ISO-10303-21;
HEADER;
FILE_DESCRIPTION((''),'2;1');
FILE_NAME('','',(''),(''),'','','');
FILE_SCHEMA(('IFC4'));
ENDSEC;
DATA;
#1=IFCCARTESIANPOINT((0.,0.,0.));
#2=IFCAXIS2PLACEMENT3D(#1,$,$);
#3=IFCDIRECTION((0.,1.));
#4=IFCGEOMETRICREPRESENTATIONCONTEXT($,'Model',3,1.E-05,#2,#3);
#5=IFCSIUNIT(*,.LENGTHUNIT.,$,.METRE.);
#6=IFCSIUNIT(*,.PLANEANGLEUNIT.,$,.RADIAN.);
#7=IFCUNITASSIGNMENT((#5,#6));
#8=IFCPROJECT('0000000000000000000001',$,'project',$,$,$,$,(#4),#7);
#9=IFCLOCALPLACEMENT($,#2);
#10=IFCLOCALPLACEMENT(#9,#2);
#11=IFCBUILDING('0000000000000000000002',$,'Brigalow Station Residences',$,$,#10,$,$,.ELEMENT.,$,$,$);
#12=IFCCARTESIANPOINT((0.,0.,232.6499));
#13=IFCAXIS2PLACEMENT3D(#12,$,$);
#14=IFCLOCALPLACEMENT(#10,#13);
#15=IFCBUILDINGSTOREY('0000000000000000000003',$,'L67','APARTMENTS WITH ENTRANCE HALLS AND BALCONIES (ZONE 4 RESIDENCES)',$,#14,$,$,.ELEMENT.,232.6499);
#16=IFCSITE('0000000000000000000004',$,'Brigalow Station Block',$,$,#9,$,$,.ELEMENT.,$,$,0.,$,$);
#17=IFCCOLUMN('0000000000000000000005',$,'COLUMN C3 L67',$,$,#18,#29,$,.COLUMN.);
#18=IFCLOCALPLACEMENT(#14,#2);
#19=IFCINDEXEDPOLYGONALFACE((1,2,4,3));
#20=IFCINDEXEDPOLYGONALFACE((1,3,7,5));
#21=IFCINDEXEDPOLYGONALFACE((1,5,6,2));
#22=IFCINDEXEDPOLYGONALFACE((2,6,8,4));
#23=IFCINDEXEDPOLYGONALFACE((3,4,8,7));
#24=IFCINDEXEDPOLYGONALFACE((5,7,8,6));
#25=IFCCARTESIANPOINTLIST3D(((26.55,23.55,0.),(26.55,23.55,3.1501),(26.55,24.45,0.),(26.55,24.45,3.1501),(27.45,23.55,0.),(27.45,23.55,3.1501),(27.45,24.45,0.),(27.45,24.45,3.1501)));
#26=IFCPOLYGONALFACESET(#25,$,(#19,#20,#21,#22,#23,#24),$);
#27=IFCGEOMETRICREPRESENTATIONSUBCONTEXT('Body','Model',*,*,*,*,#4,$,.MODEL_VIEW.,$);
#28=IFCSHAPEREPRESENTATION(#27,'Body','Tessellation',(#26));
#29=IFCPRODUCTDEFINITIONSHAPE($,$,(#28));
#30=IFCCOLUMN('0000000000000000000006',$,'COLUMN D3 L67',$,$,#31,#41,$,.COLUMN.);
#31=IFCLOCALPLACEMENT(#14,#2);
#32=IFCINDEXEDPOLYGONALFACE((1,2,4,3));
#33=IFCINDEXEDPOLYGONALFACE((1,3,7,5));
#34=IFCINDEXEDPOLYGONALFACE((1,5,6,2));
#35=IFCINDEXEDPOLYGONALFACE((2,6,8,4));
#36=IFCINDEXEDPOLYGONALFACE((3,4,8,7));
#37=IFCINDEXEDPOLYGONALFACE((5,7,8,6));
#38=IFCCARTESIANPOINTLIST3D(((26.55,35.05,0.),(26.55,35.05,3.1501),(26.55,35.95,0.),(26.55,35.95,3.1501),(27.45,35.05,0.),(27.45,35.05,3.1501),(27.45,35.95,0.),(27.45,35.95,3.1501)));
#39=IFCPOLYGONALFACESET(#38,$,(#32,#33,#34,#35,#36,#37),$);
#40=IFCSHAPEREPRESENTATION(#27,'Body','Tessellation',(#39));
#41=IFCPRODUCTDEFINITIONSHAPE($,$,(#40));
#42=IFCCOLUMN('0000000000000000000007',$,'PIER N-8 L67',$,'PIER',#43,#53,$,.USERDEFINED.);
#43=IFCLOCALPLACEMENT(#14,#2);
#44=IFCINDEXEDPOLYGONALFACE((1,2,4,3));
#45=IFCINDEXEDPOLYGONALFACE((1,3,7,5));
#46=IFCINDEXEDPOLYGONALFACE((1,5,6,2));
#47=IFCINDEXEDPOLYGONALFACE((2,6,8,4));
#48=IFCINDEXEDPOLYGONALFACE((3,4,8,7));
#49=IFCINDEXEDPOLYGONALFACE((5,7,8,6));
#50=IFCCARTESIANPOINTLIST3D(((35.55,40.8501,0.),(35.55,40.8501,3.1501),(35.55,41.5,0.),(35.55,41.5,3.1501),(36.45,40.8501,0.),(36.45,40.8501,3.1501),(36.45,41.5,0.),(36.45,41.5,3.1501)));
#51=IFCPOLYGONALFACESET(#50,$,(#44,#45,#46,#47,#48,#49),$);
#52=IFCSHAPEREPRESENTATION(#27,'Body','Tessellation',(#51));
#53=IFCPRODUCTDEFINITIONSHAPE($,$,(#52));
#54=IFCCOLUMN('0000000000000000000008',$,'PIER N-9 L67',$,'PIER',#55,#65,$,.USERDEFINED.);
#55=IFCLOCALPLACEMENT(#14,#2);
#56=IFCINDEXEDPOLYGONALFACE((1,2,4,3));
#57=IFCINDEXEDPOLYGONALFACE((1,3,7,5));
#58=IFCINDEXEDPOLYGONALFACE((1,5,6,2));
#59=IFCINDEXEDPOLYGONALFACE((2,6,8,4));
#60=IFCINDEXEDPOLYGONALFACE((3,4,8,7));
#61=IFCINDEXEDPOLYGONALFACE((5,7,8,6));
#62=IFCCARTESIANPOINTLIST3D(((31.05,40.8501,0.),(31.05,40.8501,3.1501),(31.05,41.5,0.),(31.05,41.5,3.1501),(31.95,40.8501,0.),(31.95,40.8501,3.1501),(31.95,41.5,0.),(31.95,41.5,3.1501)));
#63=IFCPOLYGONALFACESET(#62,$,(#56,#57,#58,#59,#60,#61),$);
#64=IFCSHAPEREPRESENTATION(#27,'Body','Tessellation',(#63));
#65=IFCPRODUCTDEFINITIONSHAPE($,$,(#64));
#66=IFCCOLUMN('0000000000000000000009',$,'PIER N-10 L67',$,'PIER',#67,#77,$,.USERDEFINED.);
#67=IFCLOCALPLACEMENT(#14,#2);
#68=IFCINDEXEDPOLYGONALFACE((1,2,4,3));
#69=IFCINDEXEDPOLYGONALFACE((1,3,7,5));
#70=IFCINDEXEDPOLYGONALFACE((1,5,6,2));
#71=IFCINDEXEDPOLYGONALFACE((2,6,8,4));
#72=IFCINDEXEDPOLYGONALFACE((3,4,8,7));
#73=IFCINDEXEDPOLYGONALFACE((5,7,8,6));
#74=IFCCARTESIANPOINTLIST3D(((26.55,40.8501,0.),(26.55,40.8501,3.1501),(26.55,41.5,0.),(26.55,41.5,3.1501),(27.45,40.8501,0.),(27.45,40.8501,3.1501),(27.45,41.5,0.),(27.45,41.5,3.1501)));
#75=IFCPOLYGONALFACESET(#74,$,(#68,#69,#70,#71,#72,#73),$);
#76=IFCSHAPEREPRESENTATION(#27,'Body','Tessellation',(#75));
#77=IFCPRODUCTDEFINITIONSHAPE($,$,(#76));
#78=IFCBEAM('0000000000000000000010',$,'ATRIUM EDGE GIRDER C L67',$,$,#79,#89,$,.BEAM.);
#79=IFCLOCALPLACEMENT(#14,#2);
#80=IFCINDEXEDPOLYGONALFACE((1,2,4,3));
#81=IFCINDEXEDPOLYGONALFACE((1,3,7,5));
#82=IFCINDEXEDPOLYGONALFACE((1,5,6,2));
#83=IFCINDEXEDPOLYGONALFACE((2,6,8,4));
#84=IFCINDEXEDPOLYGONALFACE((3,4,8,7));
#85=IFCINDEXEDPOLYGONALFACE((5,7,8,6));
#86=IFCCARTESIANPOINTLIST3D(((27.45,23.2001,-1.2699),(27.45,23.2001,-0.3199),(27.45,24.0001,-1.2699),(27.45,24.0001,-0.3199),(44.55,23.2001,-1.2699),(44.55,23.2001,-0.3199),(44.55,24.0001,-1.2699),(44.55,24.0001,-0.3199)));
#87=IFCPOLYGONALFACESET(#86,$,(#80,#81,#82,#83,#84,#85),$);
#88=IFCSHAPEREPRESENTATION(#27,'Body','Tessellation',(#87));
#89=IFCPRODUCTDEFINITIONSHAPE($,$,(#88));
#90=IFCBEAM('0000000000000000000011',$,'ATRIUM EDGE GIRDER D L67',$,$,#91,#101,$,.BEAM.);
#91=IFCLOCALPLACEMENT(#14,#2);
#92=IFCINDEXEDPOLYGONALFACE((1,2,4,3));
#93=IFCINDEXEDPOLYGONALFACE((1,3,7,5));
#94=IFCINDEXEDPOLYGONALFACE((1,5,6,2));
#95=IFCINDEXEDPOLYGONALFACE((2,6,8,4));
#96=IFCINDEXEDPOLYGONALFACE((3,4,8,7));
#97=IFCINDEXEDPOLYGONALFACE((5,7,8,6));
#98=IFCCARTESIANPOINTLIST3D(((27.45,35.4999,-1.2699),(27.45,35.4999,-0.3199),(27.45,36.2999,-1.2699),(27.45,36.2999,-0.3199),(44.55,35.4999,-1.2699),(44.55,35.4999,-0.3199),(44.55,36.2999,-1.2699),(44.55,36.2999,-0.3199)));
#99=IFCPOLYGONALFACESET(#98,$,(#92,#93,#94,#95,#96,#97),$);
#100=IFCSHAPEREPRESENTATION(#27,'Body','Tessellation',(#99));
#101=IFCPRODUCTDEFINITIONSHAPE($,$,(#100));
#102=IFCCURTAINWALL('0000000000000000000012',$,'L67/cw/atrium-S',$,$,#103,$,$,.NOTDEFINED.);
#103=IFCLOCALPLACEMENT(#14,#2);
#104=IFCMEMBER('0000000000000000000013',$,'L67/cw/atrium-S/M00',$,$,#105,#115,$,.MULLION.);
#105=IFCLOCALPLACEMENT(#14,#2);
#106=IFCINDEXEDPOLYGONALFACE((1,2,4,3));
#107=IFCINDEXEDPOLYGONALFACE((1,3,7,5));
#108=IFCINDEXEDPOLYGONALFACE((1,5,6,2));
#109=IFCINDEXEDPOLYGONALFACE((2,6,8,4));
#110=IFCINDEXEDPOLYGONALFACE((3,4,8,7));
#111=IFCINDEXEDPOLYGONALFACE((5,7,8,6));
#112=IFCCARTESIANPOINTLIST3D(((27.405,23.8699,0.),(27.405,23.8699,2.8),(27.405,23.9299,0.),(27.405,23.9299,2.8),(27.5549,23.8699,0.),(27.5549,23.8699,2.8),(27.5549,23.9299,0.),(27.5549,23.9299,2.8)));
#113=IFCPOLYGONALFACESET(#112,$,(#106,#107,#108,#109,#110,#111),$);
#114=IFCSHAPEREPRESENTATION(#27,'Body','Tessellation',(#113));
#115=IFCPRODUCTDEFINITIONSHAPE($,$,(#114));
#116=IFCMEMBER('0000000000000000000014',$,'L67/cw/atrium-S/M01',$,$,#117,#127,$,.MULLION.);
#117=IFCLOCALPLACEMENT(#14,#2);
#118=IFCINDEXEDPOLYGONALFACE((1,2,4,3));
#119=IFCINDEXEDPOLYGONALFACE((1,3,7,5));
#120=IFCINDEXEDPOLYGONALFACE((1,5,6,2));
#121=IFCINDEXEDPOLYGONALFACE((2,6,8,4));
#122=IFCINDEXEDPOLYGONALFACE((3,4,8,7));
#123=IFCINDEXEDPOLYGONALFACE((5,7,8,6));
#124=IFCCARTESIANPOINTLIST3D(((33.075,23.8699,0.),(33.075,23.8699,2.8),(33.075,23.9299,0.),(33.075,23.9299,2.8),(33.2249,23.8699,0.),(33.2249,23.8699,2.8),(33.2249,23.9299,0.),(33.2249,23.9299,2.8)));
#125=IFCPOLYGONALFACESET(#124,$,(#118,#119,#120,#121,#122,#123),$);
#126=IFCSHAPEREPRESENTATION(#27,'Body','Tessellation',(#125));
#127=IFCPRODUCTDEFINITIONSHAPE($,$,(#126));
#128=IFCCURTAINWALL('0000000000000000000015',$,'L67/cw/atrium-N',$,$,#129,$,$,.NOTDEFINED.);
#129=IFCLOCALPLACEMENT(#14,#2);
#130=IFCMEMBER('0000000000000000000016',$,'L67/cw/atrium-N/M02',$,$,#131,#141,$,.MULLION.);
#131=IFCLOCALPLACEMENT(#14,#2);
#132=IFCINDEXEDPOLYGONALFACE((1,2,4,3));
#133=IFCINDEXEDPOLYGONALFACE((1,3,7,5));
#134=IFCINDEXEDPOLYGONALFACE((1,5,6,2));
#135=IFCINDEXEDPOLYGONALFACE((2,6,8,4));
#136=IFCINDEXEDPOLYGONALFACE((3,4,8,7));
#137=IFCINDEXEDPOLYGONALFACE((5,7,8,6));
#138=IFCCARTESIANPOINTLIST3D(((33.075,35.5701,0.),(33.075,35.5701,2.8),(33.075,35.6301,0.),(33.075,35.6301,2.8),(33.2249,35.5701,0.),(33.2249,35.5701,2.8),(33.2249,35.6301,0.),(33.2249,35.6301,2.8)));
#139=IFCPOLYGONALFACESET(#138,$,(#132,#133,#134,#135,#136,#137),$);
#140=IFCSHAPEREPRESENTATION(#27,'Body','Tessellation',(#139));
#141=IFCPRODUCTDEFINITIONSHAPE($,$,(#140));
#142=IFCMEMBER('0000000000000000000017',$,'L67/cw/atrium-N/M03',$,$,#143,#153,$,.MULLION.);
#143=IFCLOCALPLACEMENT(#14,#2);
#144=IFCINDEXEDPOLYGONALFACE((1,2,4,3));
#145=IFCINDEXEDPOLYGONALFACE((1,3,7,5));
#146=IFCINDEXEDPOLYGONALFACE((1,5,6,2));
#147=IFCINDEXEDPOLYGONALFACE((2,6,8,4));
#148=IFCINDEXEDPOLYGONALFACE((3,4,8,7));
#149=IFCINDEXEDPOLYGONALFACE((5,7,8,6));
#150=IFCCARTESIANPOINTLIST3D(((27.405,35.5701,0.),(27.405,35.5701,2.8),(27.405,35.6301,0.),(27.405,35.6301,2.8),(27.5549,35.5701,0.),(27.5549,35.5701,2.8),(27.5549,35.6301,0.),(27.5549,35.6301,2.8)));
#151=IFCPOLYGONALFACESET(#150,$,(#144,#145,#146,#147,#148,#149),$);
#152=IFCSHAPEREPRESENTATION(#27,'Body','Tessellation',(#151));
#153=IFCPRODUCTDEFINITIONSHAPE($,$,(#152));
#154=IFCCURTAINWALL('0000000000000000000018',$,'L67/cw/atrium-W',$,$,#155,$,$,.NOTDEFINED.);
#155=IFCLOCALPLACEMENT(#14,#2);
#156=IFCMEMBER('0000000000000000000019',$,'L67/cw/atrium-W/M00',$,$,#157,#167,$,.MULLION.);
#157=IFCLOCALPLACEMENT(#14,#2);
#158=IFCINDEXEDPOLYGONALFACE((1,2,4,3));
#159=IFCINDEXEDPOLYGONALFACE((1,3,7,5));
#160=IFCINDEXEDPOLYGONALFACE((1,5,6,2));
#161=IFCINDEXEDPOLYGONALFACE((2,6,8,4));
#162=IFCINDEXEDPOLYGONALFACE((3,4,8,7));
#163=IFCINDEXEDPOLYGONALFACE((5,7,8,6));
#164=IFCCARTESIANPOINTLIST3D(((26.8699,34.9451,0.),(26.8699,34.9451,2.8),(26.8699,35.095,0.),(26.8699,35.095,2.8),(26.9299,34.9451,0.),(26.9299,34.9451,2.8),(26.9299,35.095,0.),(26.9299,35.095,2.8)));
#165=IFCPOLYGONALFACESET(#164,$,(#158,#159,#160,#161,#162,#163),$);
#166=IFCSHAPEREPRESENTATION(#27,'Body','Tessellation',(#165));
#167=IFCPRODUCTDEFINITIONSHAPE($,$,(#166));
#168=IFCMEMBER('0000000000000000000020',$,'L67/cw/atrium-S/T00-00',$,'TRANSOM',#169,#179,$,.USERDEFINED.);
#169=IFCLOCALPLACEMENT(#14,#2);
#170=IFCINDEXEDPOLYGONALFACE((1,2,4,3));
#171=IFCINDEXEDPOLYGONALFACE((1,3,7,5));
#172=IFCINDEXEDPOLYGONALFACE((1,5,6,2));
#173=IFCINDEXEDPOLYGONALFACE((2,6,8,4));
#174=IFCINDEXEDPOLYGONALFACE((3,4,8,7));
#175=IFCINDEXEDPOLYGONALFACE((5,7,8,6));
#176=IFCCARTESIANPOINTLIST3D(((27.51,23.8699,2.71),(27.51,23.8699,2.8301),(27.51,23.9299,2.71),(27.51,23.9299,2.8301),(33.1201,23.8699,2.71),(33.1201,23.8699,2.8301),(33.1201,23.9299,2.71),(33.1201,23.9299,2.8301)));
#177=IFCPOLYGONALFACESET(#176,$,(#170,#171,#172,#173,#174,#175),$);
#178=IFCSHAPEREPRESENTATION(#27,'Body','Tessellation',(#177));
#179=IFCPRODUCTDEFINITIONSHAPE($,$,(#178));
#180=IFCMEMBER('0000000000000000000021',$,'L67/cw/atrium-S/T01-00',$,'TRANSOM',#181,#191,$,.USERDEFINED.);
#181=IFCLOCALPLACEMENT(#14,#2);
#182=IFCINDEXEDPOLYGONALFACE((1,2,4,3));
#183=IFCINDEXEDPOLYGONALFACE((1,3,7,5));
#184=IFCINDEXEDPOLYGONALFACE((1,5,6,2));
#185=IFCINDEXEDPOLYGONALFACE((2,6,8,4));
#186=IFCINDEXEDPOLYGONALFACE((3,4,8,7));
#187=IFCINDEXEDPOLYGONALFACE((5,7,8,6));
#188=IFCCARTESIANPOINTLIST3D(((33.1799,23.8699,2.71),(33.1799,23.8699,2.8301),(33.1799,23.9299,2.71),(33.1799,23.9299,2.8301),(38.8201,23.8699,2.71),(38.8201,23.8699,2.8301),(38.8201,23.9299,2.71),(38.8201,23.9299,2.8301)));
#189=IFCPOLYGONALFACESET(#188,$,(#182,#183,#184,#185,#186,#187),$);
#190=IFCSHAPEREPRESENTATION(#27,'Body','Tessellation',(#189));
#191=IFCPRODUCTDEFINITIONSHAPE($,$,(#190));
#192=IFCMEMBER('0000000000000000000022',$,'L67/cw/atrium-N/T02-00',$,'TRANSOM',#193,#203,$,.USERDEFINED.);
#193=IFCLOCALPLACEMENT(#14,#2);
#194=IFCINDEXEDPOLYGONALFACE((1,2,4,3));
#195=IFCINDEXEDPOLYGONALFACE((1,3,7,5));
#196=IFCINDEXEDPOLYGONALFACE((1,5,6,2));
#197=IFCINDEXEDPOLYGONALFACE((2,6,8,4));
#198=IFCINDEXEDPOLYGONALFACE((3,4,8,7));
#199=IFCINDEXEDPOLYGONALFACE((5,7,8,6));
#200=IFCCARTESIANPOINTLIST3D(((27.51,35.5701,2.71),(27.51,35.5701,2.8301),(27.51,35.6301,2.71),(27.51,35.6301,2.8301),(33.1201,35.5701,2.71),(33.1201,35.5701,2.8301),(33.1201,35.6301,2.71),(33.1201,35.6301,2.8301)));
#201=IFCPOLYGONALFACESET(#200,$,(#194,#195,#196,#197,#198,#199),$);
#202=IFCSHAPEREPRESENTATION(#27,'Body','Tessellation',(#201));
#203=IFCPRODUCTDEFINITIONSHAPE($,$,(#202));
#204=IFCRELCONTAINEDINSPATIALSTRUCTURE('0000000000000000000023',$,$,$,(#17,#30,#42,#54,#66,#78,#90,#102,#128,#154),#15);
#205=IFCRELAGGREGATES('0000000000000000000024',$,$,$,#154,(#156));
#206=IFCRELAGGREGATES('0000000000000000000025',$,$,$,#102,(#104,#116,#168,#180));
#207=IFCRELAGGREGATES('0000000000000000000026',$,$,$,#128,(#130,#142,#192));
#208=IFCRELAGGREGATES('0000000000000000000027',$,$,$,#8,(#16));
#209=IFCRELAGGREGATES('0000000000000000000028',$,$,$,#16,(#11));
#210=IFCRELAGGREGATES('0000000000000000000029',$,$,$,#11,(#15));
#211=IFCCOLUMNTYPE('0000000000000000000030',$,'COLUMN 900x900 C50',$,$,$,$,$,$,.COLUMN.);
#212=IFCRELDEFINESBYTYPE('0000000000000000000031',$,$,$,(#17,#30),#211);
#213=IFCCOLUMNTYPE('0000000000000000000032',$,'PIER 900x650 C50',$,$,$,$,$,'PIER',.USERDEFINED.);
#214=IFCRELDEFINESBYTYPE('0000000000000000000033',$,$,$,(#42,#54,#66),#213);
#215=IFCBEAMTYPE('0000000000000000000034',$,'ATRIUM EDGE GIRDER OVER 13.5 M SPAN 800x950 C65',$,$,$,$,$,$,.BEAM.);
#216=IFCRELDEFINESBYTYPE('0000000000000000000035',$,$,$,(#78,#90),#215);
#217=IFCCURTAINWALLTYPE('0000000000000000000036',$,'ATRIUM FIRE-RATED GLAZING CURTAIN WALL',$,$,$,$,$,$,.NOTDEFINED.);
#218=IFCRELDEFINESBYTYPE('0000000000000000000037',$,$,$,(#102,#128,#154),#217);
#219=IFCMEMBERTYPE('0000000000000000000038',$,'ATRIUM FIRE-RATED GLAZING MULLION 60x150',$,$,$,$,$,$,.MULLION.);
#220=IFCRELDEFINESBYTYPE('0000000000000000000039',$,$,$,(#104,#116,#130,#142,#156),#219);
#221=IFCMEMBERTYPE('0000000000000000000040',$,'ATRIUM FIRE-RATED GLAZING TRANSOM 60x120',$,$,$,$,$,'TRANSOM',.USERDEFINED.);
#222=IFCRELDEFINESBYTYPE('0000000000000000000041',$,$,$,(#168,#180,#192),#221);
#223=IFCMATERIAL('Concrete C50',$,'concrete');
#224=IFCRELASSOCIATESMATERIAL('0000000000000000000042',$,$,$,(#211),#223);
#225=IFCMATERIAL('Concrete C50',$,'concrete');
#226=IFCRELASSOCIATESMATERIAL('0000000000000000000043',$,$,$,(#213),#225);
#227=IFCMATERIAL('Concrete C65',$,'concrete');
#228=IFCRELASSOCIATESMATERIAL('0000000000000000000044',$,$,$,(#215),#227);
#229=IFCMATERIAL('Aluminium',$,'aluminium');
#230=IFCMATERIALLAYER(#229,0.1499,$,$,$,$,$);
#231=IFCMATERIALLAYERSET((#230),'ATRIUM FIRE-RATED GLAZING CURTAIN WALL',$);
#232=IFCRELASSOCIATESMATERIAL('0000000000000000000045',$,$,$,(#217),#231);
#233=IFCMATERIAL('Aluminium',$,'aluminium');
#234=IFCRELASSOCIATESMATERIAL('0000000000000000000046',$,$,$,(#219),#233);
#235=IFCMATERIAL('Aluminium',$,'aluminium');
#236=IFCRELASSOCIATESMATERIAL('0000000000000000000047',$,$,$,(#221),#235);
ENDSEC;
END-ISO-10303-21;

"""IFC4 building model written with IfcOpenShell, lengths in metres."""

from ifc_helpers import new_model, si_unit, direction, frame, origin, origin_2d, place, context, subcontext, project, spatial, rectangle, extrude, material, layer, layer_set, material_profile, profile_set, type_object, element, aggregate, save


model = new_model("IFC4")

# Units and contexts
model_context = context("Model", 3, precision=1e-05, world=origin(), true_north=direction((0.0, 1.0)))
body_context = subcontext(model_context, "Body", "Model", "MODEL_VIEW")
ifc_project = project(units=[si_unit("LENGTHUNIT", "METRE"), si_unit("PLANEANGLEUNIT", "RADIAN")], contexts=[model_context])

# Site, building, storey
site_placement = place(None, origin())
site = spatial("IfcSite", under=ifc_project, at=site_placement, Name="Brigalow Station Block", CompositionType="ELEMENT", RefElevation=0.0)
building_placement = place(site_placement, origin())
building = spatial("IfcBuilding", under=site, at=building_placement, Name="Brigalow Station Residences", CompositionType="ELEMENT")
storey_placement = place(building_placement, frame((0.0, 0.0, 232.6499)))
storey = spatial("IfcBuildingStorey", under=building, at=storey_placement, Name="L67", Description="APARTMENTS WITH ENTRANCE HALLS AND BALCONIES (ZONE 4 RESIDENCES)", CompositionType="ELEMENT", Elevation=232.6499)

# Columns
ifc_material_1 = material(Name="Concrete C50", Category="concrete")
ifc_material_profile_1 = material_profile(ifc_material_1, rectangle(XDim=0.8999, YDim=0.8999, at=origin_2d()), Name="RC900x900")
ifc_profile_set_1 = profile_set([ifc_material_profile_1], Name="Concrete C50")
column_type_1 = type_object("IfcColumnType", Name="COLUMN 900x900 C50", PredefinedType="COLUMN", material=ifc_profile_set_1)
for number, where, z_axis, x_axis, name in (
    (1, (27.0, 24.0, 0.0), (0.0, 0.0, 1.0), (1.0, 0.0, 0.0), "COLUMN C3 L67"),
    (2, (27.0, 35.5, 0.0), (0.0, 0.0, 1.0), (1.0, 0.0, 0.0), "COLUMN D3 L67"),
):
    element("IfcColumn", number, at=place(storey_placement, frame(where, z_axis=z_axis, x_axis=x_axis)), inside=storey, type_object=column_type_1, Name=name, PredefinedType="COLUMN", context=body_context, shape_type="SweptSolid", body=[
        extrude(rectangle(XDim=0.8999, YDim=0.8999, at=origin_2d()), origin(), (0.0, 0.0, 1.0), 3.1501),
    ])
ifc_material_2 = material(Name="Concrete C50", Category="concrete")
ifc_material_profile_2 = material_profile(ifc_material_2, rectangle(XDim=0.8999, YDim=0.6499, at=origin_2d()), Name="RC900x650")
ifc_profile_set_2 = profile_set([ifc_material_profile_2], Name="Concrete C50")
column_type_2 = type_object("IfcColumnType", Name="PIER 900x650 C50", ElementType="PIER", PredefinedType="USERDEFINED", material=ifc_profile_set_2)
for number, where, z_axis, x_axis, name in (
    (3, (36.0, 41.175, 0.0), (0.0, 0.0, 1.0), (-1.0, 0.0, 0.0), "PIER N-8 L67"),
    (4, (31.5, 41.175, 0.0), (0.0, 0.0, 1.0), (-1.0, 0.0, 0.0), "PIER N-9 L67"),
    (5, (27.0, 41.175, 0.0), (0.0, 0.0, 1.0), (-1.0, 0.0, 0.0), "PIER N-10 L67"),
):
    element("IfcColumn", number, at=place(storey_placement, frame(where, z_axis=z_axis, x_axis=x_axis)), inside=storey, type_object=column_type_2, Name=name, ObjectType="PIER", PredefinedType="USERDEFINED", context=body_context, shape_type="SweptSolid", body=[
        extrude(rectangle(XDim=0.8999, YDim=0.6499, at=origin_2d()), origin(), (0.0, 0.0, 1.0), 3.1501),
    ])

# Beams
ifc_material_3 = material(Name="Concrete C65", Category="concrete")
ifc_material_profile_3 = material_profile(ifc_material_3, rectangle(XDim=0.8, YDim=0.95, at=origin_2d()), Name="RC800x950")
ifc_profile_set_3 = profile_set([ifc_material_profile_3], Name="Concrete C65")
beam_type = type_object("IfcBeamType", Name="ATRIUM EDGE GIRDER OVER 13.5 M SPAN 800x950 C65", PredefinedType="BEAM", material=ifc_profile_set_3)
for number, where, z_axis, x_axis, name in (
    (6, (27.45, 23.6001, -0.7949), (1.0, 0.0, 0.0), (0.0, 1.0, 0.0), "ATRIUM EDGE GIRDER C L67"),
    (7, (27.45, 35.8999, -0.7949), (1.0, 0.0, 0.0), (0.0, 1.0, 0.0), "ATRIUM EDGE GIRDER D L67"),
):
    element("IfcBeam", number, at=place(storey_placement, frame(where, z_axis=z_axis, x_axis=x_axis)), inside=storey, type_object=beam_type, Name=name, PredefinedType="BEAM", context=body_context, shape_type="SweptSolid", body=[
        extrude(rectangle(XDim=0.8, YDim=0.95, at=origin_2d()), origin(), (0.0, 0.0, 1.0), 17.1001),
    ])

# Curtain walls, members
ifc_material_4 = material(Name="Aluminium", Category="aluminium")
ifc_layer_1 = layer(ifc_material_4, 0.1499)
ifc_layer_set_1 = layer_set([ifc_layer_1], Name="ATRIUM FIRE-RATED GLAZING CURTAIN WALL")
curtain_wall_type = type_object("IfcCurtainWallType", Name="ATRIUM FIRE-RATED GLAZING CURTAIN WALL", PredefinedType="NOTDEFINED", material=ifc_layer_set_1)
curtain_wall_1_placement = place(storey_placement, origin())
curtain_wall_1 = element("IfcCurtainWall", 8, at=curtain_wall_1_placement, inside=storey, type_object=curtain_wall_type, Name="L67/cw/atrium-S", PredefinedType="NOTDEFINED")
ifc_material_5 = material(Name="Aluminium", Category="aluminium")
ifc_material_profile_4 = material_profile(ifc_material_5, rectangle(XDim=0.0601, YDim=0.1499, at=origin_2d()), Name="ATRIUM FIRE-RATED GLAZING MULLION 60x150")
ifc_profile_set_4 = profile_set([ifc_material_profile_4], Name="Aluminium")
member_type_1 = type_object("IfcMemberType", Name="ATRIUM FIRE-RATED GLAZING MULLION 60x150", PredefinedType="MULLION", material=ifc_profile_set_4)
member_1_placement = place(storey_placement, frame((27.48, 23.8999, 0.0), z_axis=(0.0, 0.0, 1.0), x_axis=(0.0, 1.0, 0.0)))
member_1 = element("IfcMember", 9, at=member_1_placement, type_object=member_type_1, Name="L67/cw/atrium-S/M00", PredefinedType="MULLION", context=body_context, shape_type="SweptSolid", body=[
    extrude(rectangle(XDim=0.0601, YDim=0.1499, at=origin_2d()), origin(), (0.0, 0.0, 1.0), 2.8),
])
member_2_placement = place(storey_placement, frame((33.1499, 23.8999, 0.0), z_axis=(0.0, 0.0, 1.0), x_axis=(0.0, 1.0, 0.0)))
member_2 = element("IfcMember", 10, at=member_2_placement, type_object=member_type_1, Name="L67/cw/atrium-S/M01", PredefinedType="MULLION", context=body_context, shape_type="SweptSolid", body=[
    extrude(rectangle(XDim=0.0601, YDim=0.1499, at=origin_2d()), origin(), (0.0, 0.0, 1.0), 2.8),
])
curtain_wall_2_placement = place(storey_placement, origin())
curtain_wall_2 = element("IfcCurtainWall", 11, at=curtain_wall_2_placement, inside=storey, type_object=curtain_wall_type, Name="L67/cw/atrium-N", PredefinedType="NOTDEFINED")
member_3_placement = place(storey_placement, frame((33.1499, 35.6001, 0.0), z_axis=(0.0, 0.0, 1.0), x_axis=(0.0, -1.0, 0.0)))
member_3 = element("IfcMember", 12, at=member_3_placement, type_object=member_type_1, Name="L67/cw/atrium-N/M02", PredefinedType="MULLION", context=body_context, shape_type="SweptSolid", body=[
    extrude(rectangle(XDim=0.0601, YDim=0.1499, at=origin_2d()), origin(), (0.0, 0.0, 1.0), 2.8),
])
member_4_placement = place(storey_placement, frame((27.48, 35.6001, 0.0), z_axis=(0.0, 0.0, 1.0), x_axis=(0.0, -1.0, 0.0)))
member_4 = element("IfcMember", 13, at=member_4_placement, type_object=member_type_1, Name="L67/cw/atrium-N/M03", PredefinedType="MULLION", context=body_context, shape_type="SweptSolid", body=[
    extrude(rectangle(XDim=0.0601, YDim=0.1499, at=origin_2d()), origin(), (0.0, 0.0, 1.0), 2.8),
])

# Curtain wall, member
curtain_wall_3_placement = place(storey_placement, origin())
curtain_wall_3 = element("IfcCurtainWall", 14, at=curtain_wall_3_placement, inside=storey, type_object=curtain_wall_type, Name="L67/cw/atrium-W", PredefinedType="NOTDEFINED")
member_5_placement = place(storey_placement, frame((26.8999, 35.02, 0.0), z_axis=(0.0, 0.0, 1.0), x_axis=(1.0, 0.0, 0.0)))
member_5 = element("IfcMember", 15, at=member_5_placement, type_object=member_type_1, Name="L67/cw/atrium-W/M00", PredefinedType="MULLION", context=body_context, shape_type="SweptSolid", body=[
    extrude(rectangle(XDim=0.0601, YDim=0.1499, at=origin_2d()), origin(), (0.0, 0.0, 1.0), 2.8),
])
aggregate(curtain_wall_3, [member_5])

# Members
ifc_material_6 = material(Name="Aluminium", Category="aluminium")
ifc_material_profile_5 = material_profile(ifc_material_6, rectangle(XDim=0.0601, YDim=0.1201, at=origin_2d()), Name="ATRIUM FIRE-RATED GLAZING TRANSOM 60x120")
ifc_profile_set_5 = profile_set([ifc_material_profile_5], Name="Aluminium")
member_type_2 = type_object("IfcMemberType", Name="ATRIUM FIRE-RATED GLAZING TRANSOM 60x120", ElementType="TRANSOM", PredefinedType="USERDEFINED", material=ifc_profile_set_5)
member_6_placement = place(storey_placement, frame((27.51, 23.8999, 2.77), z_axis=(1.0, 0.0, 0.0), x_axis=(0.0, 1.0, 0.0)))
member_6 = element("IfcMember", 16, at=member_6_placement, type_object=member_type_2, Name="L67/cw/atrium-S/T00-00", ObjectType="TRANSOM", PredefinedType="USERDEFINED", context=body_context, shape_type="SweptSolid", body=[
    extrude(rectangle(XDim=0.0601, YDim=0.1201, at=origin_2d()), origin(), (0.0, 0.0, 1.0), 5.6101),
])
member_7_placement = place(storey_placement, frame((33.1799, 23.8999, 2.77), z_axis=(1.0, 0.0, 0.0), x_axis=(0.0, 1.0, 0.0)))
member_7 = element("IfcMember", 17, at=member_7_placement, type_object=member_type_2, Name="L67/cw/atrium-S/T01-00", ObjectType="TRANSOM", PredefinedType="USERDEFINED", context=body_context, shape_type="SweptSolid", body=[
    extrude(rectangle(XDim=0.0601, YDim=0.1201, at=origin_2d()), origin(), (0.0, 0.0, 1.0), 5.6401),
])
member_8_placement = place(storey_placement, frame((33.1201, 35.6001, 2.77), z_axis=(-1.0, 0.0, 0.0), x_axis=(0.0, -1.0, 0.0)))
member_8 = element("IfcMember", 18, at=member_8_placement, type_object=member_type_2, Name="L67/cw/atrium-N/T02-00", ObjectType="TRANSOM", PredefinedType="USERDEFINED", context=body_context, shape_type="SweptSolid", body=[
    extrude(rectangle(XDim=0.0601, YDim=0.1201, at=origin_2d()), origin(), (0.0, 0.0, 1.0), 5.6101),
])

aggregate(curtain_wall_1, [member_1, member_2, member_6, member_7])
aggregate(curtain_wall_2, [member_3, member_4, member_8])

save(model, "model.ifc")
